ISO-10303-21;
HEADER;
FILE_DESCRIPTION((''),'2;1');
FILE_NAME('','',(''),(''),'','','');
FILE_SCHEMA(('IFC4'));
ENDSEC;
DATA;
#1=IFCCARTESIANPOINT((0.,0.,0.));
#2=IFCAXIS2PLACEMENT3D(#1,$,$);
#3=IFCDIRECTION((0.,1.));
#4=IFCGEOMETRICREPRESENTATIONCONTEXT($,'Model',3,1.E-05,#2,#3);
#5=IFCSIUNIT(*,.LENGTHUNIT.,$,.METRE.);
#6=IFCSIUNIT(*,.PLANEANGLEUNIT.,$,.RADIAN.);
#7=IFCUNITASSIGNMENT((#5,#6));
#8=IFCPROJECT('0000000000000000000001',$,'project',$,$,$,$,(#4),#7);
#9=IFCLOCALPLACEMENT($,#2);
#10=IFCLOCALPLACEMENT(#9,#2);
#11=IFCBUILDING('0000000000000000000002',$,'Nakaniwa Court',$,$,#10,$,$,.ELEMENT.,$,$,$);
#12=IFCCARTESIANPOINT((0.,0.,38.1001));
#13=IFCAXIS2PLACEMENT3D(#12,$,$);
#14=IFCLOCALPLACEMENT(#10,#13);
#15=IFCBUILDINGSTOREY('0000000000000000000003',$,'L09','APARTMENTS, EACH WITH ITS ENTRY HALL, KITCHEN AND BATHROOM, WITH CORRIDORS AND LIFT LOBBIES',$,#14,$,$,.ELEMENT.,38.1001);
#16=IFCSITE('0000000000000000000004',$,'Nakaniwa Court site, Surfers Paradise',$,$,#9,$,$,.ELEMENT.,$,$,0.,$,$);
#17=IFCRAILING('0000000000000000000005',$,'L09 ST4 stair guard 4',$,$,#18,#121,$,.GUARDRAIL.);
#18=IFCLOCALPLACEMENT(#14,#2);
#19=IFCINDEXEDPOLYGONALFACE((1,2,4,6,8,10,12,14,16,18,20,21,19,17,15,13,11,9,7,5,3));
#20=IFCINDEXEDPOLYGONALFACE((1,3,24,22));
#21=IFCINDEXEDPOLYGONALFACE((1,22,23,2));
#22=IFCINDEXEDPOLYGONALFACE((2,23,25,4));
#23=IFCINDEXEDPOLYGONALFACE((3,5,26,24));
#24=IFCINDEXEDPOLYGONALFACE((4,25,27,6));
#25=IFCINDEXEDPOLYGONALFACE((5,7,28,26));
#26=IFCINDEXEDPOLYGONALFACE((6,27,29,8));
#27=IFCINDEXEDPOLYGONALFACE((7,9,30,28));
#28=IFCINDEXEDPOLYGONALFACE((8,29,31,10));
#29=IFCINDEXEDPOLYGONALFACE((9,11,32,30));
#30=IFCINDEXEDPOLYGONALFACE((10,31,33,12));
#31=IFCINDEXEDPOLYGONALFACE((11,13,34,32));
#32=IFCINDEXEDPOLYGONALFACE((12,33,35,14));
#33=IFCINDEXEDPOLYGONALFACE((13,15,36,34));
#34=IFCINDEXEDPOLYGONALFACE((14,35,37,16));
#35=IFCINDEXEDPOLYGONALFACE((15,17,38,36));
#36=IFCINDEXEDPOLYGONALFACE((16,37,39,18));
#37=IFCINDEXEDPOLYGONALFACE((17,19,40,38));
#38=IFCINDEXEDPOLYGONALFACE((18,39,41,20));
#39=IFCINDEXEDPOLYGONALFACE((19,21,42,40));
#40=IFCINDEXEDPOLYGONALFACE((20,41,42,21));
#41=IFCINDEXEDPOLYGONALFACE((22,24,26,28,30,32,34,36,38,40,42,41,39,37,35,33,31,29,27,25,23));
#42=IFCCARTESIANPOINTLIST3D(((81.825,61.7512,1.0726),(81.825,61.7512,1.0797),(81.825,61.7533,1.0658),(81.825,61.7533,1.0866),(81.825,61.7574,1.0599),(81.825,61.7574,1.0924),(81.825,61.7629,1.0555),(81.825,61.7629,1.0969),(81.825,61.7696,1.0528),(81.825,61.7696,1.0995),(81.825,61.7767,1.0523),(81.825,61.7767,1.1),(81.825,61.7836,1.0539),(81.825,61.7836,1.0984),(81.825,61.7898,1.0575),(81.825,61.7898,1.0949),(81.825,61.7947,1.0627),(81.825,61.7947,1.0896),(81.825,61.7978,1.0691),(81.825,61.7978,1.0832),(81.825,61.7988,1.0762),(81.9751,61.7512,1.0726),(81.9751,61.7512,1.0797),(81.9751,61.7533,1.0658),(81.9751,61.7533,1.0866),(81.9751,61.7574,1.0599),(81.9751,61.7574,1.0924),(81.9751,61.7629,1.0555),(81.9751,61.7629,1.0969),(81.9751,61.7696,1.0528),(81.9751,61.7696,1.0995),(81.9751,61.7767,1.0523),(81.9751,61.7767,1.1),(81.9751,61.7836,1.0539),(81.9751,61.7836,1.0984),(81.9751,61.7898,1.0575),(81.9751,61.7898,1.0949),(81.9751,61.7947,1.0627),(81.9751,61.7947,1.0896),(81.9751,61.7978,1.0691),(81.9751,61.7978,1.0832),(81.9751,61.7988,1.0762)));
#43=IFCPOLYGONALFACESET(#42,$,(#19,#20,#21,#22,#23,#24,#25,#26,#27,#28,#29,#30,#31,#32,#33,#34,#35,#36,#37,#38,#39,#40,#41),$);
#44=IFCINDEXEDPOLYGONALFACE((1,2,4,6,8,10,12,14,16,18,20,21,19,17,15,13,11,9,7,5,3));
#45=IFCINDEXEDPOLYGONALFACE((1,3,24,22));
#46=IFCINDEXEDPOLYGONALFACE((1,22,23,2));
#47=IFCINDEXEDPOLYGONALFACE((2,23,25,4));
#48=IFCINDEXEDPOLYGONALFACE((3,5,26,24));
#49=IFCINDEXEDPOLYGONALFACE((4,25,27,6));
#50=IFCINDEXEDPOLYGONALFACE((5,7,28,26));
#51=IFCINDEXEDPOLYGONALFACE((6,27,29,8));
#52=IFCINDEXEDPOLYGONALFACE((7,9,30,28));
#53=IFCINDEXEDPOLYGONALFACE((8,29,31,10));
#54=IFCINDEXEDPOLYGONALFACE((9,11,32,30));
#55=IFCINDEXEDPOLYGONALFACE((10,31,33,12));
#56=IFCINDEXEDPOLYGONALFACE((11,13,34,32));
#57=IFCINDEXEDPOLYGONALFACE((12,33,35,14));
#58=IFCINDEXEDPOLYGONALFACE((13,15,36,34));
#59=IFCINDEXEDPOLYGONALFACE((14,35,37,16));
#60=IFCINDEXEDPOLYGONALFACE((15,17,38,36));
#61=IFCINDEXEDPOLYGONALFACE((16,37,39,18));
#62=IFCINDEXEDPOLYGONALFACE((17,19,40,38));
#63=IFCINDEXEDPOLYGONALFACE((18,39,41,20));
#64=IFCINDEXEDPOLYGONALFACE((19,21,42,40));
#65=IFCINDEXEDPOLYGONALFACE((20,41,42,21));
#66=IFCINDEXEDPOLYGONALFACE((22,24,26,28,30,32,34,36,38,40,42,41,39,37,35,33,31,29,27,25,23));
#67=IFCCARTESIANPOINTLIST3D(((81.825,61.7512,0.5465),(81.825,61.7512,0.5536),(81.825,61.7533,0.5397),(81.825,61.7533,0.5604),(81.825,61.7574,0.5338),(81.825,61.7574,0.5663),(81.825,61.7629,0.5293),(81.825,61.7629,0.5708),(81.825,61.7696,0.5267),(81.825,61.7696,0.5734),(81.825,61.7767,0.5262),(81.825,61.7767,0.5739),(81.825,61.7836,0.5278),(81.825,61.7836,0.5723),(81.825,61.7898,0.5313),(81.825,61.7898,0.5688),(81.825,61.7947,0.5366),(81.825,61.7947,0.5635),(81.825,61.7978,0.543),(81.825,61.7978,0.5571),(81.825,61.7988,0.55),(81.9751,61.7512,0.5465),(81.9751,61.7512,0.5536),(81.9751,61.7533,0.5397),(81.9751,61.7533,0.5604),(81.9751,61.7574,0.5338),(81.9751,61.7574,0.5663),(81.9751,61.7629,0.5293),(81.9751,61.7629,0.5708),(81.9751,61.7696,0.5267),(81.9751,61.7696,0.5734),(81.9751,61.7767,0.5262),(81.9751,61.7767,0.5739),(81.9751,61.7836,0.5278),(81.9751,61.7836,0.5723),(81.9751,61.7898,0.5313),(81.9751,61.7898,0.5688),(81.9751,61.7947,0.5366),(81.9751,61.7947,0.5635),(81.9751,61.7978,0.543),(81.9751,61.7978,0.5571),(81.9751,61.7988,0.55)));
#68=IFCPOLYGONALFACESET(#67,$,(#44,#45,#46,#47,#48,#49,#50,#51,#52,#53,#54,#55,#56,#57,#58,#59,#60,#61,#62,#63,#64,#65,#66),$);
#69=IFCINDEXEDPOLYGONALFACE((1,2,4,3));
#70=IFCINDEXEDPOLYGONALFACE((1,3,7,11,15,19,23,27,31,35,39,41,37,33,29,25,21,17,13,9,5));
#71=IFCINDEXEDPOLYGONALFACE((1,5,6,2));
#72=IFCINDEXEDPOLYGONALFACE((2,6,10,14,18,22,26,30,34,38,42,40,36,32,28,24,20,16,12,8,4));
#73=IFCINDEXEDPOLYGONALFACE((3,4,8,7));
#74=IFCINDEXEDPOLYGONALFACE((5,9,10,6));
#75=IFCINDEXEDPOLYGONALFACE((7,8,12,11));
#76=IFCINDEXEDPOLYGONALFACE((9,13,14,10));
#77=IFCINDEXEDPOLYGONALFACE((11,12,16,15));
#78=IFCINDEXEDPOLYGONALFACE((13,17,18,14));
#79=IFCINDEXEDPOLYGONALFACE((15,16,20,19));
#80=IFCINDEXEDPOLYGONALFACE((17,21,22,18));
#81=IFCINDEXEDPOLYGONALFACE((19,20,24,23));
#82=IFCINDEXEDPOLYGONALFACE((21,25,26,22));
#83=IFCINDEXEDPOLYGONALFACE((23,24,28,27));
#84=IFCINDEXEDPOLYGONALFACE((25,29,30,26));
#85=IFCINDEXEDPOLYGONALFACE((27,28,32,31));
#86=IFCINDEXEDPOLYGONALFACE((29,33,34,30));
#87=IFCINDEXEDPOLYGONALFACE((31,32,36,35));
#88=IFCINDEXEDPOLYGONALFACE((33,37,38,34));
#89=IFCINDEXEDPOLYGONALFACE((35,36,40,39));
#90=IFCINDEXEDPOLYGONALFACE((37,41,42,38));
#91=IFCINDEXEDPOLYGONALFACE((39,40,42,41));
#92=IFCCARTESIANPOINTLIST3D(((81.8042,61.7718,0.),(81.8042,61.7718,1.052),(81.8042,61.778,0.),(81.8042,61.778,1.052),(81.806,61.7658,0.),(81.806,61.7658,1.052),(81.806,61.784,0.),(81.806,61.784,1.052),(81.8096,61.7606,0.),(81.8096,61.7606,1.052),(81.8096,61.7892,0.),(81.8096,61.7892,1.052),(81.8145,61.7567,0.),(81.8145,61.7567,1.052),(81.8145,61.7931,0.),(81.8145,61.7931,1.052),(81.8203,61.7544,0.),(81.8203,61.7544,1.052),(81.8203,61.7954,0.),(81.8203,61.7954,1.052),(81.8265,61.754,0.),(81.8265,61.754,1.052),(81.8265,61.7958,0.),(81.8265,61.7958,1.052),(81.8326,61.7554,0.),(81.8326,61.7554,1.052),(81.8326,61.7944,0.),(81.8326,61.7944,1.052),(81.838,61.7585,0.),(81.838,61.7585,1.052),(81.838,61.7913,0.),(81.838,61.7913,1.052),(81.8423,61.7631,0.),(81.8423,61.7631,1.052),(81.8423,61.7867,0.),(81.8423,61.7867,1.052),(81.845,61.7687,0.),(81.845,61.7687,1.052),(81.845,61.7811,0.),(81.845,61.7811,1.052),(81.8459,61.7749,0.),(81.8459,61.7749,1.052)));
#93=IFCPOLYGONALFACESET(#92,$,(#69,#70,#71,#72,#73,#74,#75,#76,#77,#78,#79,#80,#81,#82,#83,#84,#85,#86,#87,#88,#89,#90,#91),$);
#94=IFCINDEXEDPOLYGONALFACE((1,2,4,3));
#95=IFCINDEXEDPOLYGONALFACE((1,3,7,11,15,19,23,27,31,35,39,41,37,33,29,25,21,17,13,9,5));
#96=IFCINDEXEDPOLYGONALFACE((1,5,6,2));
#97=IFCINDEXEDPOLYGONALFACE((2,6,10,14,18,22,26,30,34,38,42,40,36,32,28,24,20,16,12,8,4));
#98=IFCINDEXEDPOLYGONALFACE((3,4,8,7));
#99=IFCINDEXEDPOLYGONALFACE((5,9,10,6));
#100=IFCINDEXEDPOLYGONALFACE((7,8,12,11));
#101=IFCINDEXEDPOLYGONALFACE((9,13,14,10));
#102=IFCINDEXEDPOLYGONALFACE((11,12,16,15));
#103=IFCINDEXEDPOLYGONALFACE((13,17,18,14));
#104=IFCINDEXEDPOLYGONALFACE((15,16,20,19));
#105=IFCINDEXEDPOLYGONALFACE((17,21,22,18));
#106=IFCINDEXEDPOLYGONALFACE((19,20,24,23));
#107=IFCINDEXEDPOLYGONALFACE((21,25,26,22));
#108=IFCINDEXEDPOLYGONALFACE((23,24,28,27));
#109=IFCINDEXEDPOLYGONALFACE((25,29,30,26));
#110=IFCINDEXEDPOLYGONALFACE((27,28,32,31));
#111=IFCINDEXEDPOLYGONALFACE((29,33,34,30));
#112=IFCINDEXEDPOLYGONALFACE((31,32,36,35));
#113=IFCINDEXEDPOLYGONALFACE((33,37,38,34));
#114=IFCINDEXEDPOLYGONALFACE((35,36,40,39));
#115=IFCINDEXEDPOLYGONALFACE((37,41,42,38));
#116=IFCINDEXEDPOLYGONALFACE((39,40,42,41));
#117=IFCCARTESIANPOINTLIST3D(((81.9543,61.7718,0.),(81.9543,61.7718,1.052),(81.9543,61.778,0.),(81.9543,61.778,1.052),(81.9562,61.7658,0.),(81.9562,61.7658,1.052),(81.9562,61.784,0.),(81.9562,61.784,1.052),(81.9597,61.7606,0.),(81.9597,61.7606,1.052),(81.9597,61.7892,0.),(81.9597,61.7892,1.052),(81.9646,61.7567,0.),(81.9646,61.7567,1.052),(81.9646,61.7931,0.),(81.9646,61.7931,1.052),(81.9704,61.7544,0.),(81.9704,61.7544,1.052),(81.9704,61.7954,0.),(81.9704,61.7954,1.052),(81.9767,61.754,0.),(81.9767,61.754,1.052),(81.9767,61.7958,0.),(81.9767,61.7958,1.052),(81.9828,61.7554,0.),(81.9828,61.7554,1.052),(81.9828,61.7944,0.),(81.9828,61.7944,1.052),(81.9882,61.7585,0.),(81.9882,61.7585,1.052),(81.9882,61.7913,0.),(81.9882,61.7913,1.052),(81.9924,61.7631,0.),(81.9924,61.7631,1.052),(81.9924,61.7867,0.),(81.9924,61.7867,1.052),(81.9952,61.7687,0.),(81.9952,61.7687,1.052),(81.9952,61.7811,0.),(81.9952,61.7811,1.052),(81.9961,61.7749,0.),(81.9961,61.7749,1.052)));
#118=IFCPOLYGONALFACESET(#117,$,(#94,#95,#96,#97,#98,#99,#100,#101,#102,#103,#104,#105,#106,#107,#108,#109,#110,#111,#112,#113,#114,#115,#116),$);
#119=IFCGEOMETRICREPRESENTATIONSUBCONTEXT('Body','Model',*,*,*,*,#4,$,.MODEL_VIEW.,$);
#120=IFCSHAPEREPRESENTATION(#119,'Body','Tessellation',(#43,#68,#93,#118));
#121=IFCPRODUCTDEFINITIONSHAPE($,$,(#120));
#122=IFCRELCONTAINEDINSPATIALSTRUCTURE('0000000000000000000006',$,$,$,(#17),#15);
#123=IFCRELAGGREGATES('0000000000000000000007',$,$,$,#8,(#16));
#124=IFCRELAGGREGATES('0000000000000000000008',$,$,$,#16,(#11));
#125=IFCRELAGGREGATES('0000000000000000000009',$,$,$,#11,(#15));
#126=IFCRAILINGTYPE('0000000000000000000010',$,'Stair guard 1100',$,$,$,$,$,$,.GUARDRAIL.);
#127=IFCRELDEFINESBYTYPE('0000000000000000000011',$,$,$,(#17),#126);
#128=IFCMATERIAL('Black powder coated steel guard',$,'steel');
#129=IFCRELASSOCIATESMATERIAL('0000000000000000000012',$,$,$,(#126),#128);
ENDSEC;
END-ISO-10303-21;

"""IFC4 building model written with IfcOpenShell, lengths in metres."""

from ifc_helpers import new_model, si_unit, direction, frame, origin, origin_2d, place, context, subcontext, project, spatial, circle, extrude, material, type_object, element, save


model = new_model("IFC4")

# Units and contexts
model_context = context("Model", 3, precision=1e-05, world=origin(), true_north=direction((0.0, 1.0)))
body_context = subcontext(model_context, "Body", "Model", "MODEL_VIEW")
ifc_project = project(units=[si_unit("LENGTHUNIT", "METRE"), si_unit("PLANEANGLEUNIT", "RADIAN")], contexts=[model_context])

# Site, building, storey
site_placement = place(None, origin())
site = spatial("IfcSite", under=ifc_project, at=site_placement, Name="Nakaniwa Court site, Surfers Paradise", CompositionType="ELEMENT", RefElevation=0.0)
building_placement = place(site_placement, origin())
building = spatial("IfcBuilding", under=site, at=building_placement, Name="Nakaniwa Court", CompositionType="ELEMENT")
storey_placement = place(building_placement, frame((0.0, 0.0, 38.1001)))
storey = spatial("IfcBuildingStorey", under=building, at=storey_placement, Name="L09", Description="APARTMENTS, EACH WITH ITS ENTRY HALL, KITCHEN AND BATHROOM, WITH CORRIDORS AND LIFT LOBBIES", CompositionType="ELEMENT", Elevation=38.1001)

# Railing
ifc_material_1 = material(Name="Black powder coated steel guard", Category="steel")
railing_type_1 = type_object("IfcRailingType", Name="Stair guard 1100", PredefinedType="GUARDRAIL", material=ifc_material_1)
railing_1_placement = place(storey_placement, frame((81.825, 61.7749, 0.0)))
element("IfcRailing", 1, at=railing_1_placement, inside=storey, type_object=railing_type_1, Name="L09 ST4 stair guard 4", PredefinedType="GUARDRAIL", context=body_context, shape_type="SweptSolid", body=[
    extrude(circle(Radius=0.0239, at=origin_2d()), frame((0.0, 0.0, 1.0762), z_axis=(1.0, 0.0, 0.0), x_axis=(0.0, 1.0, 0.0)), (0.0, 0.0, 1.0), 0.1501),
    extrude(circle(Radius=0.0239, at=origin_2d()), frame((0.0, 0.0, 0.55), z_axis=(1.0, 0.0, 0.0), x_axis=(0.0, 1.0, 0.0)), (0.0, 0.0, 1.0), 0.1501),
    extrude(circle(Radius=0.021, at=origin_2d()), origin(), (0.0, 0.0, 1.0), 1.052),
    extrude(circle(Radius=0.021, at=origin_2d()), frame((0.1501, 0.0, 0.0)), (0.0, 0.0, 1.0), 1.052),
])

save(model, "model.ifc")
